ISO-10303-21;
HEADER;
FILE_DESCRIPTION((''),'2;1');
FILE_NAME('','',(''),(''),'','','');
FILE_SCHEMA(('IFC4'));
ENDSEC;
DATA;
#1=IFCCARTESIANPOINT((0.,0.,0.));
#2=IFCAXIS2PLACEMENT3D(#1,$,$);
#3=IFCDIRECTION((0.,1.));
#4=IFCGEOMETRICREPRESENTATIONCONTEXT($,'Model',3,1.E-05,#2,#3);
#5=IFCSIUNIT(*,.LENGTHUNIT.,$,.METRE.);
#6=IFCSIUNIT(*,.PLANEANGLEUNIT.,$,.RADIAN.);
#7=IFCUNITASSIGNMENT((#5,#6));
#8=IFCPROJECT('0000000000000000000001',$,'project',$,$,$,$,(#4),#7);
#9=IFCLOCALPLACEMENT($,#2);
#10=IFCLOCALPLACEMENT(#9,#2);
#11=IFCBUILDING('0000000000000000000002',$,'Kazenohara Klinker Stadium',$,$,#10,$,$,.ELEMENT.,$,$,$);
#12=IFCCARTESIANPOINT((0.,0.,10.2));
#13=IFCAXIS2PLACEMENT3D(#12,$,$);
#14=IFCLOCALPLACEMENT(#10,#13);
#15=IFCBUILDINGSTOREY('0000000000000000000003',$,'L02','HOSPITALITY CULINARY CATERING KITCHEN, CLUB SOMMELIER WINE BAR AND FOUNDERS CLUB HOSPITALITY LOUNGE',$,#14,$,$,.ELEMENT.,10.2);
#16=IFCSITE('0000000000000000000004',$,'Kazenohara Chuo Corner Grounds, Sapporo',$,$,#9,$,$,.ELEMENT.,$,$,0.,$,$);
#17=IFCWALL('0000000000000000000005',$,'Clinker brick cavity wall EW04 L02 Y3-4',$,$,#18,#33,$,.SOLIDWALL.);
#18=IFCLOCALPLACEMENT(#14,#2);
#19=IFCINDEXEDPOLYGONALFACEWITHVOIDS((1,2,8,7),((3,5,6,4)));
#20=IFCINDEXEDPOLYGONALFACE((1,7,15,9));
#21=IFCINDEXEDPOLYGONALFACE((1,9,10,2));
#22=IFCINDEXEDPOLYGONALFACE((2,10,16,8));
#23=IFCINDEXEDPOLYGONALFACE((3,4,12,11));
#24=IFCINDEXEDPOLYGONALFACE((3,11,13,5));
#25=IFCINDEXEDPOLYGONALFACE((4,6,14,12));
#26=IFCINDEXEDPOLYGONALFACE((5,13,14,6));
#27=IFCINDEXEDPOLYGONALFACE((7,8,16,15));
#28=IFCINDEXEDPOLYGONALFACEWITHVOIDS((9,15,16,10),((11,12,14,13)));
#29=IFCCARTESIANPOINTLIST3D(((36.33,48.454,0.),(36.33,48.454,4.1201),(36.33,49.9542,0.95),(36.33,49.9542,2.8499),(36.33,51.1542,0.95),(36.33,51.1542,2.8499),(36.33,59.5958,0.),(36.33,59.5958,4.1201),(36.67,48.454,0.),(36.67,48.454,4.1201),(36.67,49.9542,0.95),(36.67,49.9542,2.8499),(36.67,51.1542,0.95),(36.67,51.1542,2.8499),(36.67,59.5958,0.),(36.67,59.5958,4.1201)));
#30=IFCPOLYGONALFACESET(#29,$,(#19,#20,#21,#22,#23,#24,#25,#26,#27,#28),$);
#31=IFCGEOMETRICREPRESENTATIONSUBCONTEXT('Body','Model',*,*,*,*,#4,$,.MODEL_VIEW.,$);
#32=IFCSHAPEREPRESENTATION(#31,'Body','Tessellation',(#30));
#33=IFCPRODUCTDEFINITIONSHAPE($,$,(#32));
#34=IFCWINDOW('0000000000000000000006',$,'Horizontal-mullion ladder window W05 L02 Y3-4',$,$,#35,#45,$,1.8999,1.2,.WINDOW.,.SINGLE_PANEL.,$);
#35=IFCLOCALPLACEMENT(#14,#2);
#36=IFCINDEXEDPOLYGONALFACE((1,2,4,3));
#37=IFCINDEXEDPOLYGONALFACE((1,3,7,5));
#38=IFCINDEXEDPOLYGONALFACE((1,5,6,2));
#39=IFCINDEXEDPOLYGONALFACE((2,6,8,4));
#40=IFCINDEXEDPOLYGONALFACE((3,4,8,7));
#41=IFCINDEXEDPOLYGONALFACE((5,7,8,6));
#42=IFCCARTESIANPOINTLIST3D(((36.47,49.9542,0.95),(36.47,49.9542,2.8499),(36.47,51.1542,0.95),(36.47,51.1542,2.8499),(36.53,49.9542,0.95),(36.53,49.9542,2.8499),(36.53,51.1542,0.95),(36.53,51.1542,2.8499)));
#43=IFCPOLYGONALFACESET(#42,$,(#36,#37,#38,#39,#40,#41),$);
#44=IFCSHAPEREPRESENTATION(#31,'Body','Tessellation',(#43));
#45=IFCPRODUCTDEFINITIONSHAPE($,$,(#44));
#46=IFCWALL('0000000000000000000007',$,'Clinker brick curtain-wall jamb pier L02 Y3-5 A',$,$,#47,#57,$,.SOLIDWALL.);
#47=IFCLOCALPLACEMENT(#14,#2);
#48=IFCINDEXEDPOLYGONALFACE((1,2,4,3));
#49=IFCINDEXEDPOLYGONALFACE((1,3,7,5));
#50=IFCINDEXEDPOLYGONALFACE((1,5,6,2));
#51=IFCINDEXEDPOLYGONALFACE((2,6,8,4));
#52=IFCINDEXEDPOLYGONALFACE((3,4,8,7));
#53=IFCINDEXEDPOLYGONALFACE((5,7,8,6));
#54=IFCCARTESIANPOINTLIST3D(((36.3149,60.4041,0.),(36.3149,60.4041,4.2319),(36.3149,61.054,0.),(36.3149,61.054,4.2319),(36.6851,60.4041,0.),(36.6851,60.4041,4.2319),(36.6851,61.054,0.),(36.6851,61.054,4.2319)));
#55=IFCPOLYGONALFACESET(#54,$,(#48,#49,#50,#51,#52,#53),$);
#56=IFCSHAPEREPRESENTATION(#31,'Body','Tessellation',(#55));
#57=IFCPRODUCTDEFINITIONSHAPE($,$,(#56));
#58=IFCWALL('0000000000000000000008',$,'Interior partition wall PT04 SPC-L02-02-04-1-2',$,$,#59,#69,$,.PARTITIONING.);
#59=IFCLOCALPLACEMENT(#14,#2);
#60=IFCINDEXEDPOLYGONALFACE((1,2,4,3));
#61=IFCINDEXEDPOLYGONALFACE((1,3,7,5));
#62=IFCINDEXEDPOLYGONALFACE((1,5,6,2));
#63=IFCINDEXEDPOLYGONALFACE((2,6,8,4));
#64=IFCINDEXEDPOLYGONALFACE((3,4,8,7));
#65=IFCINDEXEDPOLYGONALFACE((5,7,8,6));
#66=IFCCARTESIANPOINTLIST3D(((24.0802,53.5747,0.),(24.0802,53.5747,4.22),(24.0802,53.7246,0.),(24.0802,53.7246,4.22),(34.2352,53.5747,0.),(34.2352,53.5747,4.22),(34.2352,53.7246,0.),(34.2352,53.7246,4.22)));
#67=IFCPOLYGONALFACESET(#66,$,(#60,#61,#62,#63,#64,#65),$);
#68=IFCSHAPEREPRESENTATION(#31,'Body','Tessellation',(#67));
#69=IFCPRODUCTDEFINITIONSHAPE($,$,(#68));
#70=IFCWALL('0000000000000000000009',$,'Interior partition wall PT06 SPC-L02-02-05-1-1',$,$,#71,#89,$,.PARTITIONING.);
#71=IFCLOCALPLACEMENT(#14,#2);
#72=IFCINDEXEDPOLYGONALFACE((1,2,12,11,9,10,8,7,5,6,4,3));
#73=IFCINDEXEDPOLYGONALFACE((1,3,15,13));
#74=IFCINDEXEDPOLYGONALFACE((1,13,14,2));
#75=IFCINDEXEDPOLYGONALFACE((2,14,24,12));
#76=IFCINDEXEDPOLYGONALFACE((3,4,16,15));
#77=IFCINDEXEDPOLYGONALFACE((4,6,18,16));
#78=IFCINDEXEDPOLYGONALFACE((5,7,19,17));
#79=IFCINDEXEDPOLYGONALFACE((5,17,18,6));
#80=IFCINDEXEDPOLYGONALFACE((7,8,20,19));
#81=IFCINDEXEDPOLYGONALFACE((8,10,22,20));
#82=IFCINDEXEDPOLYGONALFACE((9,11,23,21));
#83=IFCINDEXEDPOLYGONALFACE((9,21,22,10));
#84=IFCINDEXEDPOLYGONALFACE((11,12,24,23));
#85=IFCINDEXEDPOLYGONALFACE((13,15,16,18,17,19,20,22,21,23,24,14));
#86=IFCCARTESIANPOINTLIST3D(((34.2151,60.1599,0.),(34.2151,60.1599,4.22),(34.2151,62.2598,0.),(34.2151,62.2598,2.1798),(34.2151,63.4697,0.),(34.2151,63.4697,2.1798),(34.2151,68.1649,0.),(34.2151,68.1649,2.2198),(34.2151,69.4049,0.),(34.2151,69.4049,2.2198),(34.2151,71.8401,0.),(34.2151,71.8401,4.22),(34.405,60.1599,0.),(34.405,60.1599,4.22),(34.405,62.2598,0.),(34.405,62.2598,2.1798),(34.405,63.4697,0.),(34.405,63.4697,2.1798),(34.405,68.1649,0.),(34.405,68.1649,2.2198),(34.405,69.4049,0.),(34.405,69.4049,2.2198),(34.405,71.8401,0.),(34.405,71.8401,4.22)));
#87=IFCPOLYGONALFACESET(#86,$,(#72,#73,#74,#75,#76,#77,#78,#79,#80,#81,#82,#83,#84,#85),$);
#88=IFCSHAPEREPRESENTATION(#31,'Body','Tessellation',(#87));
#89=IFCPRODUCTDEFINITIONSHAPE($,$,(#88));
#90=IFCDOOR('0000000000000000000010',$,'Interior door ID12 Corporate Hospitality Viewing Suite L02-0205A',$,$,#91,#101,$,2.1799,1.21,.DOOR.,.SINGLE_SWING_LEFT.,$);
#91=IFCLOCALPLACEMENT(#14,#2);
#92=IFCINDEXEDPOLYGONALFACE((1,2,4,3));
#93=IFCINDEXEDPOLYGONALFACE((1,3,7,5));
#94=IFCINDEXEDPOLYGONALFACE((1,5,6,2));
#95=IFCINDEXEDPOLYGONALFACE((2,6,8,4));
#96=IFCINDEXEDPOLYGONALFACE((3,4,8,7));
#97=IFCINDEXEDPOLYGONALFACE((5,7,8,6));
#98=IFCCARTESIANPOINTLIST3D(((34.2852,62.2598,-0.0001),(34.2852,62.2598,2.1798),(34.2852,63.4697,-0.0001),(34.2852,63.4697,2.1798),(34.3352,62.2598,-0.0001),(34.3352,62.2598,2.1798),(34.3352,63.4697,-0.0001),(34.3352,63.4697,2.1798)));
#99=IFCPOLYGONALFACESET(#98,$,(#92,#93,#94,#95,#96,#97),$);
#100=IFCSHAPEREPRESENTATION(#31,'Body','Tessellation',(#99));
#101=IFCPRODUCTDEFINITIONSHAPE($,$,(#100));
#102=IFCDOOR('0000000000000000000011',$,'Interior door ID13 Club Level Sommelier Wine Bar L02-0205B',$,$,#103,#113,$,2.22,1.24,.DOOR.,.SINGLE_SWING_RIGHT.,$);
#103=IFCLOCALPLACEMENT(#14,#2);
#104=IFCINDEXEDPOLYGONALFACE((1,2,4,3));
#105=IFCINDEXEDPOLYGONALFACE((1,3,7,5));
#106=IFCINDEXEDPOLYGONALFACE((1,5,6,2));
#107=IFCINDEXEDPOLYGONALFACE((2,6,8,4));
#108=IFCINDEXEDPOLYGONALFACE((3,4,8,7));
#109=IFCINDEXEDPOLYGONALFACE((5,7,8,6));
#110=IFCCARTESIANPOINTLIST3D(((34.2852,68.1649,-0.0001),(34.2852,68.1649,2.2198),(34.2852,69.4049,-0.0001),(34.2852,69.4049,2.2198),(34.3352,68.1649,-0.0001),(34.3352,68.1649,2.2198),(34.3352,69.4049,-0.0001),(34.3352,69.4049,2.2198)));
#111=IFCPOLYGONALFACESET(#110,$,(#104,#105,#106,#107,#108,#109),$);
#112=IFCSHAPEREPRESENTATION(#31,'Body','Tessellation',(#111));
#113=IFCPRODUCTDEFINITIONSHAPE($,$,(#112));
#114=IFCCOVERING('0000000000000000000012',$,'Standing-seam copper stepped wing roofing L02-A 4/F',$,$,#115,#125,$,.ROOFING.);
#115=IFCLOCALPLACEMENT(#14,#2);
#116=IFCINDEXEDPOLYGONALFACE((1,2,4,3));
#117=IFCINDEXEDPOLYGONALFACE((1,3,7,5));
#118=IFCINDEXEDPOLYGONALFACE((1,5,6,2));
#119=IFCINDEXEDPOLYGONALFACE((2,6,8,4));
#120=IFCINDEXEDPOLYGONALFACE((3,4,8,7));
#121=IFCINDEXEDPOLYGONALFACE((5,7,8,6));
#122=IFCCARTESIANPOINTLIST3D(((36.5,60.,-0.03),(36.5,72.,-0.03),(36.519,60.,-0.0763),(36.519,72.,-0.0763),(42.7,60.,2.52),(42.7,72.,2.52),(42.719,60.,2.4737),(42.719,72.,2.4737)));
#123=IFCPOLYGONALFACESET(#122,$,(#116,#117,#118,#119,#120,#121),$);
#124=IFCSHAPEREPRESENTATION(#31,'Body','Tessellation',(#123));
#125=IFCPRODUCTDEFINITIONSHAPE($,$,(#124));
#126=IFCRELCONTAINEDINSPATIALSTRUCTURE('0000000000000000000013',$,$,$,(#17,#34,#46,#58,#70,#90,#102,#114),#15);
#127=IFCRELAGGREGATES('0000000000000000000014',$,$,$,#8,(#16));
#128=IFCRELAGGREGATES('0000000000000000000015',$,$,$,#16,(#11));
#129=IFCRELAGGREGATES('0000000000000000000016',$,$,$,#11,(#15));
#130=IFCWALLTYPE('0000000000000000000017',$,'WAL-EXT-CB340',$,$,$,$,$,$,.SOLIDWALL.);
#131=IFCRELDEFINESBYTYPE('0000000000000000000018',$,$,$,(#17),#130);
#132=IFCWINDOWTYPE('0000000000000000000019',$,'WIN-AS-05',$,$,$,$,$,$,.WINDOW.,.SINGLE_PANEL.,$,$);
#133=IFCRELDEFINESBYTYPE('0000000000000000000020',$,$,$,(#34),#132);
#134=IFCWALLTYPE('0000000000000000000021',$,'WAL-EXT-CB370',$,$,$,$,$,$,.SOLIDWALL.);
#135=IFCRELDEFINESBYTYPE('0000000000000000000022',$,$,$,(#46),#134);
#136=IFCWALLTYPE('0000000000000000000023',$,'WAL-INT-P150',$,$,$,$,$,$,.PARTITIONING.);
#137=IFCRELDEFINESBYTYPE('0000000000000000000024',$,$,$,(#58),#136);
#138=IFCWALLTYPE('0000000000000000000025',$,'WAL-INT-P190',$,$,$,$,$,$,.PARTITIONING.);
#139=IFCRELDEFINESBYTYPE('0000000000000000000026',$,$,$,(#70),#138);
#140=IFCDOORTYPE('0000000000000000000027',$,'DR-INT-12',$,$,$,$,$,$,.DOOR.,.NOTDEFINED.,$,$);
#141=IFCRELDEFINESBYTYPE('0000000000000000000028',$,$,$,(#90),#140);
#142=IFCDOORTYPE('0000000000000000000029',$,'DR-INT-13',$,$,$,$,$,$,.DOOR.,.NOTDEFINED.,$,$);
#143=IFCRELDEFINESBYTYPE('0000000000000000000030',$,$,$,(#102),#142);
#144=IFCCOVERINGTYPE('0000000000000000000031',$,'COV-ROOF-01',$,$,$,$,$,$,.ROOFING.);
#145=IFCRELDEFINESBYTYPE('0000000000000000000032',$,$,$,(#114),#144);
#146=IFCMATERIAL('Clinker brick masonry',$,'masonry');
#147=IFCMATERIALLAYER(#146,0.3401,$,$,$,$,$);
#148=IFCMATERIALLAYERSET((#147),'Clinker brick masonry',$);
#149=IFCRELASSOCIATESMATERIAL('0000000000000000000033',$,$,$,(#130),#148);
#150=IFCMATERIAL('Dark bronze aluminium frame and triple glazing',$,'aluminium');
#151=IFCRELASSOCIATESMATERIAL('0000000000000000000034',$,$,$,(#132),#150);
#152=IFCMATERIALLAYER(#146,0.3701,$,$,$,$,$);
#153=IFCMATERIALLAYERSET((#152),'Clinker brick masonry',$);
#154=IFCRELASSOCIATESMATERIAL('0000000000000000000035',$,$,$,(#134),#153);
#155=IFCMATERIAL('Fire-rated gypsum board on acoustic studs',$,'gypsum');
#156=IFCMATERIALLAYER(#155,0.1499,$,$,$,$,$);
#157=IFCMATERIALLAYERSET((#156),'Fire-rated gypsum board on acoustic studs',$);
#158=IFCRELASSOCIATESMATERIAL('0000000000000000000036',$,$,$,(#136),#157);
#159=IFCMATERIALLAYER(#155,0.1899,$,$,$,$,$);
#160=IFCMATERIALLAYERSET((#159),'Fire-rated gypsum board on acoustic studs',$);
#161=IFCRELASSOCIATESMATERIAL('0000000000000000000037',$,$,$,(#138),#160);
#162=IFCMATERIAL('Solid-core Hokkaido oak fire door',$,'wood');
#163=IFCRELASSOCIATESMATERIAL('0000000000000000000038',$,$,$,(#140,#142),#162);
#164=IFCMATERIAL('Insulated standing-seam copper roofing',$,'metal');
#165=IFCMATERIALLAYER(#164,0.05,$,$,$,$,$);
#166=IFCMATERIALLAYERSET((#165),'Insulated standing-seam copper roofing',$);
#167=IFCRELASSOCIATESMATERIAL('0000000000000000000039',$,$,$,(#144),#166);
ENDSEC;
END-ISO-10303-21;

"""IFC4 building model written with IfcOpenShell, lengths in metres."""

from ifc_helpers import new_model, si_unit, direction, frame, frame_2d, origin, place, context, subcontext, project, spatial, polyline, rectangle, outline, extrude, material, layer, layer_set, type_object, element, fill, save


model = new_model("IFC4")

# Units and contexts
model_context = context("Model", 3, precision=1e-05, world=origin(), true_north=direction((0.0, 1.0)))
body_context = subcontext(model_context, "Body", "Model", "MODEL_VIEW")
ifc_project = project(units=[si_unit("LENGTHUNIT", "METRE"), si_unit("PLANEANGLEUNIT", "RADIAN")], contexts=[model_context])

# Site, building, storey
site_placement = place(None, origin())
site = spatial("IfcSite", under=ifc_project, at=site_placement, Name="Kazenohara Chuo Corner Grounds, Sapporo", CompositionType="ELEMENT", RefElevation=0.0)
building_placement = place(site_placement, origin())
building = spatial("IfcBuilding", under=site, at=building_placement, Name="Kazenohara Klinker Stadium", CompositionType="ELEMENT")
storey_placement = place(building_placement, frame((0.0, 0.0, 10.2)))
storey = spatial("IfcBuildingStorey", under=building, at=storey_placement, Name="L02", Description="HOSPITALITY CULINARY CATERING KITCHEN, CLUB SOMMELIER WINE BAR AND FOUNDERS CLUB HOSPITALITY LOUNGE", CompositionType="ELEMENT", Elevation=10.2)

# Wall, opening, window
ifc_material_1 = material(Name="Clinker brick masonry", Category="masonry")
ifc_layer_1 = layer(ifc_material_1, 0.3401)
ifc_layer_set_1 = layer_set([ifc_layer_1], Name="Clinker brick masonry")
wall_type_1 = type_object("IfcWallType", Name="WAL-EXT-CB340", PredefinedType="SOLIDWALL", material=ifc_layer_set_1)
wall_1_placement = place(storey_placement, frame((36.5, 48.4541, 0.0), z_axis=(0.0, 0.0, 1.0), x_axis=(0.0, 1.0, 0.0)))
wall_1 = element("IfcWall", 1, at=wall_1_placement, inside=storey, type_object=wall_type_1, Name="Clinker brick cavity wall EW04 L02 Y3-4", PredefinedType="SOLIDWALL", context=body_context, shape_type="SweptSolid", body=[
    extrude(rectangle(XDim=11.1418, YDim=0.3401, at=frame_2d((5.5708, 0.0))), origin(), (0.0, 0.0, 1.0), 4.1201),
])
opening_1_placement = place(wall_1_placement, frame((1.5, 0.0, 0.95)))
opening_1 = element("IfcOpeningElement", 2, at=opening_1_placement, cuts=wall_1, PredefinedType="OPENING", context=body_context, shape_type="SweptSolid", body=[
    extrude(rectangle(XDim=1.2, YDim=1.8999, at=frame_2d((0.6001, 0.95))), frame((0.0, 0.1802, 0.0), z_axis=(0.0, -1.0, 0.0), x_axis=(1.0, 0.0, 0.0)), (0.0, 0.0, 1.0), 0.3601),
])
ifc_material_2 = material(Name="Dark bronze aluminium frame and triple glazing", Category="aluminium")
window_type = type_object("IfcWindowType", Name="WIN-AS-05", PartitioningType="SINGLE_PANEL", PredefinedType="WINDOW", material=ifc_material_2)
window_placement = place(opening_1_placement, origin())
window = element("IfcWindow", 3, at=window_placement, inside=storey, type_object=window_type, Name="Horizontal-mullion ladder window W05 L02 Y3-4", OverallHeight=1.8999, OverallWidth=1.2, PartitioningType="SINGLE_PANEL", PredefinedType="WINDOW", context=body_context, shape_type="SweptSolid", body=[
    extrude(rectangle(XDim=1.2, YDim=1.8999, at=frame_2d((0.6001, 0.95))), frame((0.0, 0.03, 0.0), z_axis=(0.0, -1.0, 0.0), x_axis=(1.0, 0.0, 0.0)), (0.0, 0.0, 1.0), 0.0601),
])
fill(opening_1, window)

# Walls
ifc_layer_2 = layer(ifc_material_1, 0.3701)
ifc_layer_set_2 = layer_set([ifc_layer_2], Name="Clinker brick masonry")
wall_type_2 = type_object("IfcWallType", Name="WAL-EXT-CB370", PredefinedType="SOLIDWALL", material=ifc_layer_set_2)
wall_2_placement = place(storey_placement, frame((36.5, 60.4041, 0.0), z_axis=(0.0, 0.0, 1.0), x_axis=(0.0, 1.0, 0.0)))
element("IfcWall", 4, at=wall_2_placement, inside=storey, type_object=wall_type_2, Name="Clinker brick curtain-wall jamb pier L02 Y3-5 A", PredefinedType="SOLIDWALL", context=body_context, shape_type="SweptSolid", body=[
    extrude(rectangle(XDim=0.6499, YDim=0.3701, at=frame_2d((0.325, 0.0))), origin(), (0.0, 0.0, 1.0), 4.2319),
])
ifc_material_3 = material(Name="Fire-rated gypsum board on acoustic studs", Category="gypsum")
ifc_layer_3 = layer(ifc_material_3, 0.1499)
ifc_layer_set_3 = layer_set([ifc_layer_3], Name="Fire-rated gypsum board on acoustic studs")
wall_type_3 = type_object("IfcWallType", Name="WAL-INT-P150", PredefinedType="PARTITIONING", material=ifc_layer_set_3)
wall_3_placement = place(storey_placement, frame((24.0801, 53.6497, 0.0), z_axis=(0.0, 0.0, 1.0), x_axis=(1.0, 0.0, 0.0)))
element("IfcWall", 5, at=wall_3_placement, inside=storey, type_object=wall_type_3, Name="Interior partition wall PT04 SPC-L02-02-04-1-2", PredefinedType="PARTITIONING", context=body_context, shape_type="SweptSolid", body=[
    extrude(rectangle(XDim=10.155, YDim=0.1499, at=frame_2d((5.0776, 0.0))), origin(), (0.0, 0.0, 1.0), 4.22),
])

# Wall, openings, doors
ifc_layer_4 = layer(ifc_material_3, 0.1899)
ifc_layer_set_4 = layer_set([ifc_layer_4], Name="Fire-rated gypsum board on acoustic studs")
wall_type_4 = type_object("IfcWallType", Name="WAL-INT-P190", PredefinedType="PARTITIONING", material=ifc_layer_set_4)
wall_4_placement = place(storey_placement, frame((34.3101, 60.1599, 0.0), z_axis=(0.0, 0.0, 1.0), x_axis=(0.0, 1.0, 0.0)))
wall_4 = element("IfcWall", 6, at=wall_4_placement, inside=storey, type_object=wall_type_4, Name="Interior partition wall PT06 SPC-L02-02-05-1-1", PredefinedType="PARTITIONING", context=body_context, shape_type="SweptSolid", body=[
    extrude(rectangle(XDim=11.6802, YDim=0.1899, at=frame_2d((5.8401, 0.0))), origin(), (0.0, 0.0, 1.0), 4.22),
])
opening_2_placement = place(wall_4_placement, frame((2.0999, 0.0, 0.0)))
opening_2 = element("IfcOpeningElement", 7, at=opening_2_placement, cuts=wall_4, PredefinedType="OPENING", context=body_context, shape_type="SweptSolid", body=[
    extrude(rectangle(XDim=1.21, YDim=2.1799, at=frame_2d((0.605, 1.0898))), frame((0.0, 0.105, 0.0), z_axis=(0.0, -1.0, 0.0), x_axis=(1.0, 0.0, 0.0)), (0.0, 0.0, 1.0), 0.21),
])
opening_3_placement = place(wall_4_placement, frame((8.0049, 0.0, 0.0)))
opening_3 = element("IfcOpeningElement", 8, at=opening_3_placement, cuts=wall_4, PredefinedType="OPENING", context=body_context, shape_type="SweptSolid", body=[
    extrude(rectangle(XDim=1.24, YDim=2.22, at=frame_2d((0.6201, 1.1099))), frame((0.0, 0.105, 0.0), z_axis=(0.0, -1.0, 0.0), x_axis=(1.0, 0.0, 0.0)), (0.0, 0.0, 1.0), 0.21),
])
ifc_material_4 = material(Name="Solid-core Hokkaido oak fire door", Category="wood")
door_type_1 = type_object("IfcDoorType", Name="DR-INT-12", OperationType="NOTDEFINED", PredefinedType="DOOR", material=ifc_material_4)
door_1_placement = place(opening_2_placement, origin())
door_1 = element("IfcDoor", 9, at=door_1_placement, inside=storey, type_object=door_type_1, Name="Interior door ID12 Corporate Hospitality Viewing Suite L02-0205A", OperationType="SINGLE_SWING_LEFT", OverallHeight=2.1799, OverallWidth=1.21, PredefinedType="DOOR", context=body_context, shape_type="SweptSolid", body=[
    extrude(rectangle(XDim=1.21, YDim=2.1799, at=frame_2d((0.605, 1.0898))), frame((0.0, 0.0249, 0.0), z_axis=(0.0, -1.0, 0.0), x_axis=(1.0, 0.0, 0.0)), (0.0, 0.0, 1.0), 0.05),
])
fill(opening_2, door_1)
door_type_2 = type_object("IfcDoorType", Name="DR-INT-13", OperationType="NOTDEFINED", PredefinedType="DOOR", material=ifc_material_4)
door_2_placement = place(opening_3_placement, origin())
door_2 = element("IfcDoor", 10, at=door_2_placement, inside=storey, type_object=door_type_2, Name="Interior door ID13 Club Level Sommelier Wine Bar L02-0205B", OperationType="SINGLE_SWING_RIGHT", OverallHeight=2.22, OverallWidth=1.24, PredefinedType="DOOR", context=body_context, shape_type="SweptSolid", body=[
    extrude(rectangle(XDim=1.24, YDim=2.22, at=frame_2d((0.6201, 1.1099))), frame((0.0, 0.0249, 0.0), z_axis=(0.0, -1.0, 0.0), x_axis=(1.0, 0.0, 0.0)), (0.0, 0.0, 1.0), 0.05),
])
fill(opening_3, door_2)

# Covering
ifc_material_5 = material(Name="Insulated standing-seam copper roofing", Category="metal")
ifc_layer_5 = layer(ifc_material_5, 0.05)
ifc_layer_set_5 = layer_set([ifc_layer_5], Name="Insulated standing-seam copper roofing")
covering_type = type_object("IfcCoveringType", Name="COV-ROOF-01", PredefinedType="ROOFING", material=ifc_layer_set_5)
covering_placement = place(storey_placement, frame((36.5, 60.0, -0.03), z_axis=(-0.380383, 0.0, 0.924829), x_axis=(0.924829, 0.0, 0.380383)))
element("IfcCovering", 11, at=covering_placement, inside=storey, type_object=covering_type, Name="Standing-seam copper stepped wing roofing L02-A 4/F", PredefinedType="ROOFING", context=body_context, shape_type="SweptSolid", body=[
    extrude(outline(polyline([(0.0, 0.0), (6.7039, 0.0), (6.7039, 12.0), (0.0, 12.0), (0.0, 0.0)])), origin(), (0.0, 0.0, -1.0), 0.05),
])

save(model, "model.ifc")
